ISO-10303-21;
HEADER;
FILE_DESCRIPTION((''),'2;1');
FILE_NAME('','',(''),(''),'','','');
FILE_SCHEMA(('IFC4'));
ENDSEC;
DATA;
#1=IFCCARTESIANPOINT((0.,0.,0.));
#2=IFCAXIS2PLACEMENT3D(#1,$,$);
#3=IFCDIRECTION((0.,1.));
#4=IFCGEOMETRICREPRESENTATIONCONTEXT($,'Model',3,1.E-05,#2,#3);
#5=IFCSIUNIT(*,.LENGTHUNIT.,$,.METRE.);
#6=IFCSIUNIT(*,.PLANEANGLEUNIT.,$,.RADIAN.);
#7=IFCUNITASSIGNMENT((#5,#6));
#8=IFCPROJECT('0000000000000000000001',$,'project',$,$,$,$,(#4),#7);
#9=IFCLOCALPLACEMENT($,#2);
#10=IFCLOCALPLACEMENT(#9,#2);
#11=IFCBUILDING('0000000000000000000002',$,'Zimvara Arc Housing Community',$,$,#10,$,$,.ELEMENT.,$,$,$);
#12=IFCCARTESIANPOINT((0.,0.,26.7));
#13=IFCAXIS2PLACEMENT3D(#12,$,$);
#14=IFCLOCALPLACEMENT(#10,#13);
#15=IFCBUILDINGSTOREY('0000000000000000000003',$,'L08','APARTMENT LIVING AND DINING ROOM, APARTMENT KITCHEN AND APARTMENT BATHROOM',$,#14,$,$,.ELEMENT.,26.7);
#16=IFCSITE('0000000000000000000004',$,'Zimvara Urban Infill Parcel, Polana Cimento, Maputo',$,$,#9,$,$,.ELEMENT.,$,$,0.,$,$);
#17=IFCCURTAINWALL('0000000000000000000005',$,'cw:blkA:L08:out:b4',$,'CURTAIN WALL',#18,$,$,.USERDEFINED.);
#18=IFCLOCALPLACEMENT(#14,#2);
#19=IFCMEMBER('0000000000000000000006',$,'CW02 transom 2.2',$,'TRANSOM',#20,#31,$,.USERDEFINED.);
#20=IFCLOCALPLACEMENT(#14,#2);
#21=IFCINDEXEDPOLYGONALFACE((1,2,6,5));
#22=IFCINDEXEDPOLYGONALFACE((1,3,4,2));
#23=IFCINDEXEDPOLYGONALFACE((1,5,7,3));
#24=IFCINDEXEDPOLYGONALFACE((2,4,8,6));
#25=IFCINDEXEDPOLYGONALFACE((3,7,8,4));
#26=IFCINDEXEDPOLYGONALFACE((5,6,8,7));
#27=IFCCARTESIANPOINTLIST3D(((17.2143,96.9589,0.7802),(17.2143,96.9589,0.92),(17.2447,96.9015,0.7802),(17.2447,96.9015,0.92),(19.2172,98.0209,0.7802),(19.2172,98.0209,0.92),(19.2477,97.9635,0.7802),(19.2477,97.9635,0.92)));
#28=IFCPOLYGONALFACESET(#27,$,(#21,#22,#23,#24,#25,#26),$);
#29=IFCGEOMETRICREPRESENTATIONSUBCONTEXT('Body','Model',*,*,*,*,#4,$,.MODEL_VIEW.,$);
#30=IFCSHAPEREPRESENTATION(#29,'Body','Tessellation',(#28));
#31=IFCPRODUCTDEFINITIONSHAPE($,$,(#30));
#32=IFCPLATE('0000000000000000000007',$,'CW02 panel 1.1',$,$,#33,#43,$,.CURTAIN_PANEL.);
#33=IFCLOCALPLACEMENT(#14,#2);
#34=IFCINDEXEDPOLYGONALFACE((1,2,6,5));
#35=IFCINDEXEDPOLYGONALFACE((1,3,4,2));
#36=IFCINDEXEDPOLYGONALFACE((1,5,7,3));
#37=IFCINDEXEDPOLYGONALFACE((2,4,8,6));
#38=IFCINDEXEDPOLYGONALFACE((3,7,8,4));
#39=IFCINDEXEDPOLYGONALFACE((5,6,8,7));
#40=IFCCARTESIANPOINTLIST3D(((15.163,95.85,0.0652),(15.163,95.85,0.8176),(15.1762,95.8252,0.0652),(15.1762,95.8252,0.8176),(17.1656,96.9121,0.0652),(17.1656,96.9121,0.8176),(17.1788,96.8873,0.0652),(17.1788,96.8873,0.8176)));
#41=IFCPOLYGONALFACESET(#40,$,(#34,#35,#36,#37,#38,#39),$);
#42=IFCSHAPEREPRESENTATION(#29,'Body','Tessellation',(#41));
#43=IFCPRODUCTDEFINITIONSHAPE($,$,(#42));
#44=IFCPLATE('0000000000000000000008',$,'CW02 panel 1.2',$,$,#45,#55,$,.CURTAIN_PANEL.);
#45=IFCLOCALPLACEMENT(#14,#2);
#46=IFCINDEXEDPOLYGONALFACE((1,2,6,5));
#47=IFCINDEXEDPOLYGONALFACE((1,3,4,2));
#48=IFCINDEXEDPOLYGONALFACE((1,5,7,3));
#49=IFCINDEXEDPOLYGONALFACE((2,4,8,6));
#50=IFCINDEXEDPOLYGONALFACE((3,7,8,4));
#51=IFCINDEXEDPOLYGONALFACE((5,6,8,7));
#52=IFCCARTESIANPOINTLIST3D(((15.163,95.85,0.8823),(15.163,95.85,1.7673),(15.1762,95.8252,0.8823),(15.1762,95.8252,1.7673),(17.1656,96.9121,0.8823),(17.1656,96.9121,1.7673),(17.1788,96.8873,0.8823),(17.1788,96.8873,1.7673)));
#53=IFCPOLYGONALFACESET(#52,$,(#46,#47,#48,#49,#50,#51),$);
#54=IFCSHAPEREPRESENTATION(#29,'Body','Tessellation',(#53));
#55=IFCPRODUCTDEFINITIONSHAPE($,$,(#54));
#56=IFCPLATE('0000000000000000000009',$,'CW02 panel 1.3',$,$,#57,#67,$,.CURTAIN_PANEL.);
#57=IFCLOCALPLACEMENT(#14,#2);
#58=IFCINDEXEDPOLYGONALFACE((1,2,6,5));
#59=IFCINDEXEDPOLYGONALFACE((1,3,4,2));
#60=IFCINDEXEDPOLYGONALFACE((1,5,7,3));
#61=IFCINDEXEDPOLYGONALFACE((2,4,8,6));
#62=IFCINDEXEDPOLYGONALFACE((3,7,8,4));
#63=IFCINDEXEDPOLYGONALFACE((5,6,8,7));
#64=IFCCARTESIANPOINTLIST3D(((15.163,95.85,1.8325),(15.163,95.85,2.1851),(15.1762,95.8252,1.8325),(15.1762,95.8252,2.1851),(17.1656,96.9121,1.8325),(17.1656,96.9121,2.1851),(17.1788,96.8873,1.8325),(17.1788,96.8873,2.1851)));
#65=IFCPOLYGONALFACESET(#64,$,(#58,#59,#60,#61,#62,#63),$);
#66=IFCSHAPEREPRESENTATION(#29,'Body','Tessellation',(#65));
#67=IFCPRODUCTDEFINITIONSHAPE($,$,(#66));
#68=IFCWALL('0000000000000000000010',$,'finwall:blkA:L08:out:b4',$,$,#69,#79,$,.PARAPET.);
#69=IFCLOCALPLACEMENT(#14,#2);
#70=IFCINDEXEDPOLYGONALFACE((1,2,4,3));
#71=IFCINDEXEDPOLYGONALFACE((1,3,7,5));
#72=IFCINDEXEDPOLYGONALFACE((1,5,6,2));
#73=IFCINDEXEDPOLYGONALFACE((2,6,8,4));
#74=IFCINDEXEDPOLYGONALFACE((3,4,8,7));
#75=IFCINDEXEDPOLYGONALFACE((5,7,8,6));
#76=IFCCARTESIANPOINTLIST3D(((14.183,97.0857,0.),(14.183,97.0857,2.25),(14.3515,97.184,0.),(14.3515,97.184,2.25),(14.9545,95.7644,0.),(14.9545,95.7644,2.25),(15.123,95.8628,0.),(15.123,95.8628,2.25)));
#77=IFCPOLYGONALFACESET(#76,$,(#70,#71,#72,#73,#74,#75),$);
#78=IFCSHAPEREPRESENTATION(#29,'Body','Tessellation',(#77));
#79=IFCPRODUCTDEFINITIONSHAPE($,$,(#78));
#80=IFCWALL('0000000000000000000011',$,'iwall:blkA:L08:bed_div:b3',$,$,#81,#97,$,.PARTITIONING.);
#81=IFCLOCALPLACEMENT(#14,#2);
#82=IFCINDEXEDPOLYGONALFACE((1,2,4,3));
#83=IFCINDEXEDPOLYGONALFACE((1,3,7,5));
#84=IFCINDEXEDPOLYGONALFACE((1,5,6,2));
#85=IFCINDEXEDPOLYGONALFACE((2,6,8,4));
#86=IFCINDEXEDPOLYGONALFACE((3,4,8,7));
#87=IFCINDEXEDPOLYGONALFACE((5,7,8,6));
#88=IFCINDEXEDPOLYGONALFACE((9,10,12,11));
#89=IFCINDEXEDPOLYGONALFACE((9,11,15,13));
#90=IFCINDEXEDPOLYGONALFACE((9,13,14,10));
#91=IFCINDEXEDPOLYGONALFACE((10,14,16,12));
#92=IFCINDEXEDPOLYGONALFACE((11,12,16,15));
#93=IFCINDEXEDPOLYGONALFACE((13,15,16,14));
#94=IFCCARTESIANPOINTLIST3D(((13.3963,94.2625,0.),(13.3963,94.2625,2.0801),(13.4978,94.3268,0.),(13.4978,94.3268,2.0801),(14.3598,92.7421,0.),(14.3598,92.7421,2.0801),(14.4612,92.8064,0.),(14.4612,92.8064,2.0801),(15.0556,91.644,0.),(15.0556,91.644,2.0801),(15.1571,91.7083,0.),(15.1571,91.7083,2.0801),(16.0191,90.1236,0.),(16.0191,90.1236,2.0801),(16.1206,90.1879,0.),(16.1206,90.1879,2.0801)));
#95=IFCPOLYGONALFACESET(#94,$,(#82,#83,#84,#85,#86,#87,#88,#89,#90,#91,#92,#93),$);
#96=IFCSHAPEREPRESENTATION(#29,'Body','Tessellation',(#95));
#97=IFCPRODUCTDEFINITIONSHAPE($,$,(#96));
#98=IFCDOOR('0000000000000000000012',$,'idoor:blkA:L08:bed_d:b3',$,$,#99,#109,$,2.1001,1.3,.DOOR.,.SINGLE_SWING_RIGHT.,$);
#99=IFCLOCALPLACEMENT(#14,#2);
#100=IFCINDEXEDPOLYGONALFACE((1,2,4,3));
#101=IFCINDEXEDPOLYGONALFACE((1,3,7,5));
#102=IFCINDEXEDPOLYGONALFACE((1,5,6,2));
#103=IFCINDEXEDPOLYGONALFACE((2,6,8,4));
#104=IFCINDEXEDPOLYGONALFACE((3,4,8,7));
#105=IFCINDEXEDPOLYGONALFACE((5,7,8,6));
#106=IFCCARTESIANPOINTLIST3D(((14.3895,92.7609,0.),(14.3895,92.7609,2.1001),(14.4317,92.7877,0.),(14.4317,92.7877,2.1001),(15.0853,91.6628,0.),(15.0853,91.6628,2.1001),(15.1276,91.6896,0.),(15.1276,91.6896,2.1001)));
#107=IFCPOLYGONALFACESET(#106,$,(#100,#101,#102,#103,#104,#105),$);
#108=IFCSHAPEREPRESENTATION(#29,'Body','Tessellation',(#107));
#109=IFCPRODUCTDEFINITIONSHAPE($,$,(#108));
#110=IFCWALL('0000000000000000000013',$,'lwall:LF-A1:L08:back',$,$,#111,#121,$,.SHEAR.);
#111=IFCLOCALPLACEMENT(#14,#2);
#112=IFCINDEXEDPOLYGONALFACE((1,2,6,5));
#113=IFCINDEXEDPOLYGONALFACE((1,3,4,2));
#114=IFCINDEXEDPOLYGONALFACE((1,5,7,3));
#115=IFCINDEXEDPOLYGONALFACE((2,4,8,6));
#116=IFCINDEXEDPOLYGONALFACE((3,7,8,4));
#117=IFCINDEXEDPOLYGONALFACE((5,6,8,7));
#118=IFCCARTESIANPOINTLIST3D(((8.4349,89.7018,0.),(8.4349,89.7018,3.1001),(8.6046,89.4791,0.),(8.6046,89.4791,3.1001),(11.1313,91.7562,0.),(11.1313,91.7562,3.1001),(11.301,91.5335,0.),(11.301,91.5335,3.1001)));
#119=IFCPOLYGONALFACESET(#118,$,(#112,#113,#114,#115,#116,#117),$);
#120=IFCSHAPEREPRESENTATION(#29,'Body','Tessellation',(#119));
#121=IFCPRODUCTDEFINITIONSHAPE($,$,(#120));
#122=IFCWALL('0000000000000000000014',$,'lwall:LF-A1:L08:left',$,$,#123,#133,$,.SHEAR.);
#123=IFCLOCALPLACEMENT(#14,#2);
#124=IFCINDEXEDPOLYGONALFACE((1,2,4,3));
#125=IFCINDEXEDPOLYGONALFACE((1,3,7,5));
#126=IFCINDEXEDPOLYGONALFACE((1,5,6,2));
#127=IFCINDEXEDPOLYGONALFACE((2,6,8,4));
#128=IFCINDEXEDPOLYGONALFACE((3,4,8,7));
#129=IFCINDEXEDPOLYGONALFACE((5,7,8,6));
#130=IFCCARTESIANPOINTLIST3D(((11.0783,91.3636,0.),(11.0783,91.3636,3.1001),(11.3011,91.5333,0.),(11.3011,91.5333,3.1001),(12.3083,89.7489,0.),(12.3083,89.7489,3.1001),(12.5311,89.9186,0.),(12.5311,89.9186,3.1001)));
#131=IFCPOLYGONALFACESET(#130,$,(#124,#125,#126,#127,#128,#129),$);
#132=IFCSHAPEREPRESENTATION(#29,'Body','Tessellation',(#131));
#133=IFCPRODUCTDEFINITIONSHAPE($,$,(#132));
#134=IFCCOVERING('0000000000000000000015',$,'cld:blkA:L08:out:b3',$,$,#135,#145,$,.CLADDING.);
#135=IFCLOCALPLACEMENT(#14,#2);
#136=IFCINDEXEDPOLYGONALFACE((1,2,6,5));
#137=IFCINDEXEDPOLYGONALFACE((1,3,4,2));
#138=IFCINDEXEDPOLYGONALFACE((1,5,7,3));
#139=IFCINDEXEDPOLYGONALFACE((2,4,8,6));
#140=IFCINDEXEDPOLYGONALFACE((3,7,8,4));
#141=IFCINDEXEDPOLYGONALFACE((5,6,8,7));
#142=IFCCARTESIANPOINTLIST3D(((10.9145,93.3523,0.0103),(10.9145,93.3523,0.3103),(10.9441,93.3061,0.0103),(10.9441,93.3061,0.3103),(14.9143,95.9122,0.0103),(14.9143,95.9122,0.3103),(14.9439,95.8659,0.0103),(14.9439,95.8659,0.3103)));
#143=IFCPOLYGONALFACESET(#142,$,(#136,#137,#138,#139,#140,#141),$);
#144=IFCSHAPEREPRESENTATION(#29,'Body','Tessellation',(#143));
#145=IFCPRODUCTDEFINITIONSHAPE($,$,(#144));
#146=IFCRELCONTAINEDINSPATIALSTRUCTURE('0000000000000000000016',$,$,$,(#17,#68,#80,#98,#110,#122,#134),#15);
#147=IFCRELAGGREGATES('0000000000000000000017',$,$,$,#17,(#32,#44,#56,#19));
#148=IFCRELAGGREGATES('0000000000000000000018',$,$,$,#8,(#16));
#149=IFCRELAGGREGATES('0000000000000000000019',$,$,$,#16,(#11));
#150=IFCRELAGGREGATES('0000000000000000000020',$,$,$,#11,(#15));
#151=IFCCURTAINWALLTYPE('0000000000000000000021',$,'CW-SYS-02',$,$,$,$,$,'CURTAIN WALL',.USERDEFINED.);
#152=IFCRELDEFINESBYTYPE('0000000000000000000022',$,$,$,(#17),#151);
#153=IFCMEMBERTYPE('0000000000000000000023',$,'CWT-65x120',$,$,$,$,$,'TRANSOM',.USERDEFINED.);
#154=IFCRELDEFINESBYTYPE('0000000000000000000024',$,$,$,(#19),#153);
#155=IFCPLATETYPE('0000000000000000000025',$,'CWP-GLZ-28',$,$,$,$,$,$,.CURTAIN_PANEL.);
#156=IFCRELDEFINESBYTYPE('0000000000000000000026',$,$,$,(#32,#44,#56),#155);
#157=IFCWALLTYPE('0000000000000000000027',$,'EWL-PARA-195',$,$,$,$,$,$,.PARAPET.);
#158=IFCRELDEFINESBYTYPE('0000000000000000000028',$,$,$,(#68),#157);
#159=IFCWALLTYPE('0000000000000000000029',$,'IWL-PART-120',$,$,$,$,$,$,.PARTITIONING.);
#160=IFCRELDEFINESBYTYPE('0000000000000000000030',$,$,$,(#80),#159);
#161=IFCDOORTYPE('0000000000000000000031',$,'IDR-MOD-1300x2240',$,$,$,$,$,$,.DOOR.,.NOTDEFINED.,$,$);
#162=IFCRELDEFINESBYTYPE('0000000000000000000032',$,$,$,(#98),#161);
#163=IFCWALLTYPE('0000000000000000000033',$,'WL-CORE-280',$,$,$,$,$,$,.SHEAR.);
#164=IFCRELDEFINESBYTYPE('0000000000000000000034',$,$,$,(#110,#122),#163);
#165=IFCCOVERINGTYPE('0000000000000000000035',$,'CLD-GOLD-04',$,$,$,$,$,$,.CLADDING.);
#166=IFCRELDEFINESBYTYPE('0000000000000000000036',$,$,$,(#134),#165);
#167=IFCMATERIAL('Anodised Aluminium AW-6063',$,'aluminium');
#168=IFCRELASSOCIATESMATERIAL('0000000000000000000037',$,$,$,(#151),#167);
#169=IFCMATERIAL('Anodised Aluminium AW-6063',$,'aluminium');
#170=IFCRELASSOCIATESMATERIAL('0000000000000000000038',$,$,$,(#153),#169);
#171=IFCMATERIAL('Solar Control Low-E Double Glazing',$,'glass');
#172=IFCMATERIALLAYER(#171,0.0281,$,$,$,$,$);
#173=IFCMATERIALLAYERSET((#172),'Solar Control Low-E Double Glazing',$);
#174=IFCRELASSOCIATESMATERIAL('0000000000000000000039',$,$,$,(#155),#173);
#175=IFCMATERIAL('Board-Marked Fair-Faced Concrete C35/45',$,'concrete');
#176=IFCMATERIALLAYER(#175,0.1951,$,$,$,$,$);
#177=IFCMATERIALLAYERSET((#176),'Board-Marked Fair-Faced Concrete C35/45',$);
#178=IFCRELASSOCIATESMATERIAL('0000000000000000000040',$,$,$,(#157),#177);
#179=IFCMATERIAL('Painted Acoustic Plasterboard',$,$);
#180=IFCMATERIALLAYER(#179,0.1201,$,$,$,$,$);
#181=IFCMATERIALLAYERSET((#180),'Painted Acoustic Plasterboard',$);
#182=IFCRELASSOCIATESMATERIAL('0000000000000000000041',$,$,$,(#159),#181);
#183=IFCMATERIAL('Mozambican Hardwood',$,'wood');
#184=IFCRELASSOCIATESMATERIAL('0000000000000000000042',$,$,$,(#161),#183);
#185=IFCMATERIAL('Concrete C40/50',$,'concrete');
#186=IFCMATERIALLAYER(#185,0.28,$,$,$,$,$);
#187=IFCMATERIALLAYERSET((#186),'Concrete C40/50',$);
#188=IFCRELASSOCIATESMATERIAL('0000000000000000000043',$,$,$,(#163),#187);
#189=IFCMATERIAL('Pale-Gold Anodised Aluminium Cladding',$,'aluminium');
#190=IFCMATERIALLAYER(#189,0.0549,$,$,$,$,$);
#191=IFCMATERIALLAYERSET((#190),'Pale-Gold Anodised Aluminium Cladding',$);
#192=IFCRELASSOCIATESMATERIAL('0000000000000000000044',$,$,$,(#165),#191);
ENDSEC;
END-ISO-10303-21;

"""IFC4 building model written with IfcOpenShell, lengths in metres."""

from ifc_helpers import new_model, si_unit, direction, frame, frame_2d, origin, origin_2d, place, context, subcontext, project, spatial, rectangle, extrude, material, layer, layer_set, material_profile, profile_set, type_object, element, fill, aggregate, save


model = new_model("IFC4")

# Units and contexts
model_context = context("Model", 3, precision=1e-05, world=origin(), true_north=direction((0.0, 1.0)))
body_context = subcontext(model_context, "Body", "Model", "MODEL_VIEW")
ifc_project = project(units=[si_unit("LENGTHUNIT", "METRE"), si_unit("PLANEANGLEUNIT", "RADIAN")], contexts=[model_context])

# Site, building, storey
site_placement = place(None, origin())
site = spatial("IfcSite", under=ifc_project, at=site_placement, Name="Zimvara Urban Infill Parcel, Polana Cimento, Maputo", CompositionType="ELEMENT", RefElevation=0.0)
building_placement = place(site_placement, origin())
building = spatial("IfcBuilding", under=site, at=building_placement, Name="Zimvara Arc Housing Community", CompositionType="ELEMENT")
storey_placement = place(building_placement, frame((0.0, 0.0, 26.7)))
storey = spatial("IfcBuildingStorey", under=building, at=storey_placement, Name="L08", Description="APARTMENT LIVING AND DINING ROOM, APARTMENT KITCHEN AND APARTMENT BATHROOM", CompositionType="ELEMENT", Elevation=26.7)

# Curtain wall, member, plates
ifc_material_1 = material(Name="Anodised Aluminium AW-6063", Category="aluminium")
curtain_wall_type = type_object("IfcCurtainWallType", Name="CW-SYS-02", ElementType="CURTAIN WALL", PredefinedType="USERDEFINED", material=ifc_material_1)
curtain_wall_placement = place(storey_placement, origin())
curtain_wall = element("IfcCurtainWall", 1, at=curtain_wall_placement, inside=storey, type_object=curtain_wall_type, Name="cw:blkA:L08:out:b4", ObjectType="CURTAIN WALL", PredefinedType="USERDEFINED")
ifc_material_2 = material(Name="Anodised Aluminium AW-6063", Category="aluminium")
ifc_material_profile_1 = material_profile(ifc_material_2, rectangle(XDim=0.0649, YDim=0.1399, at=origin_2d()), Name="ALU 65x140")
ifc_profile_set_1 = profile_set([ifc_material_profile_1], Name="Anodised Aluminium AW-6063")
member_type_1 = type_object("IfcMemberType", Name="CWT-65x120", ElementType="TRANSOM", PredefinedType="USERDEFINED", material=ifc_profile_set_1)
member_1_placement = place(storey_placement, frame((17.2295, 96.9302, 0.8501), z_axis=(0.883489, 0.468452, 0.0), x_axis=(-0.468452, 0.883489, 0.0)))
member_1 = element("IfcMember", 2, at=member_1_placement, type_object=member_type_1, Name="CW02 transom 2.2", ObjectType="TRANSOM", PredefinedType="USERDEFINED", context=body_context, shape_type="SweptSolid", body=[
    extrude(rectangle(XDim=0.0649, YDim=0.1399, at=origin_2d()), origin(), (0.0, 0.0, 1.0), 2.2671),
])
ifc_material_3 = material(Name="Solar Control Low-E Double Glazing", Category="glass")
ifc_layer_1 = layer(ifc_material_3, 0.0281)
ifc_layer_set_1 = layer_set([ifc_layer_1], Name="Solar Control Low-E Double Glazing")
plate_type = type_object("IfcPlateType", Name="CWP-GLZ-28", PredefinedType="CURTAIN_PANEL", material=ifc_layer_set_1)
plate_1_placement = place(storey_placement, frame((16.1709, 96.3687, 0.0652), z_axis=(0.0, 0.0, 1.0), x_axis=(0.883439, 0.468547, 0.0)))
plate_1 = element("IfcPlate", 3, at=plate_1_placement, type_object=plate_type, Name="CW02 panel 1.1", PredefinedType="CURTAIN_PANEL", context=body_context, shape_type="SweptSolid", body=[
    extrude(rectangle(XDim=2.2668, YDim=0.0281, at=origin_2d()), origin(), (0.0, 0.0, 1.0), 0.7524),
])
plate_2_placement = place(storey_placement, frame((16.1709, 96.3687, 0.8823), z_axis=(0.0, 0.0, 1.0), x_axis=(0.883439, 0.468547, 0.0)))
plate_2 = element("IfcPlate", 4, at=plate_2_placement, type_object=plate_type, Name="CW02 panel 1.2", PredefinedType="CURTAIN_PANEL", context=body_context, shape_type="SweptSolid", body=[
    extrude(rectangle(XDim=2.2668, YDim=0.0281, at=origin_2d()), origin(), (0.0, 0.0, 1.0), 0.885),
])
plate_3_placement = place(storey_placement, frame((16.1709, 96.3687, 1.8325), z_axis=(0.0, 0.0, 1.0), x_axis=(0.883439, 0.468547, 0.0)))
plate_3 = element("IfcPlate", 5, at=plate_3_placement, type_object=plate_type, Name="CW02 panel 1.3", PredefinedType="CURTAIN_PANEL", context=body_context, shape_type="SweptSolid", body=[
    extrude(rectangle(XDim=2.2668, YDim=0.0281, at=origin_2d()), origin(), (0.0, 0.0, 1.0), 0.3525),
])
aggregate(curtain_wall, [plate_1, plate_2, plate_3, member_1])

# Wall
ifc_material_4 = material(Name="Board-Marked Fair-Faced Concrete C35/45", Category="concrete")
ifc_layer_2 = layer(ifc_material_4, 0.1951)
ifc_layer_set_2 = layer_set([ifc_layer_2], Name="Board-Marked Fair-Faced Concrete C35/45")
wall_type_1 = type_object("IfcWallType", Name="EWL-PARA-195", PredefinedType="PARAPET", material=ifc_layer_set_2)
wall_1_placement = place(storey_placement, frame((15.0388, 95.8135, 0.0), z_axis=(0.0, 0.0, 1.0), x_axis=(-0.504228, 0.86357, 0.0)))
element("IfcWall", 6, at=wall_1_placement, inside=storey, type_object=wall_type_1, Name="finwall:blkA:L08:out:b4", PredefinedType="PARAPET", context=body_context, shape_type="SweptSolid", body=[
    extrude(rectangle(XDim=1.53, YDim=0.1951, at=frame_2d((0.7651, 0.0))), origin(), (0.0, 0.0, 1.0), 2.25),
])

# Wall, opening, door
ifc_material_5 = material(Name="Painted Acoustic Plasterboard")
ifc_layer_3 = layer(ifc_material_5, 0.1201)
ifc_layer_set_3 = layer_set([ifc_layer_3], Name="Painted Acoustic Plasterboard")
wall_type_2 = type_object("IfcWallType", Name="IWL-PART-120", PredefinedType="PARTITIONING", material=ifc_layer_set_3)
wall_2_placement = place(storey_placement, frame((16.0698, 90.1558, 0.0), z_axis=(0.0, 0.0, 1.0), x_axis=(-0.535269, 0.844682, 0.0)))
wall_2 = element("IfcWall", 7, at=wall_2_placement, inside=storey, type_object=wall_type_2, Name="iwall:blkA:L08:bed_div:b3", PredefinedType="PARTITIONING", context=body_context, shape_type="SweptSolid", body=[
    extrude(rectangle(XDim=4.8999, YDim=0.1201, at=frame_2d((2.45, 0.0))), origin(), (0.0, 0.0, 1.0), 2.0801),
])
opening_1_placement = place(wall_2_placement, frame((1.8, 0.0, 0.0)))
opening_1 = element("IfcOpeningElement", 8, at=opening_1_placement, cuts=wall_2, PredefinedType="OPENING", context=body_context, shape_type="SweptSolid", body=[
    extrude(rectangle(XDim=1.3, YDim=2.1001, at=frame_2d((0.6499, 1.05))), frame((0.0, 0.0701, 0.0), z_axis=(0.0, -1.0, 0.0), x_axis=(1.0, 0.0, 0.0)), (0.0, 0.0, 1.0), 0.1401),
])
ifc_material_6 = material(Name="Mozambican Hardwood", Category="wood")
door_type_1 = type_object("IfcDoorType", Name="IDR-MOD-1300x2240", OperationType="NOTDEFINED", PredefinedType="DOOR", material=ifc_material_6)
door_1_placement = place(opening_1_placement, origin())
door_1 = element("IfcDoor", 9, at=door_1_placement, inside=storey, type_object=door_type_1, Name="idoor:blkA:L08:bed_d:b3", OperationType="SINGLE_SWING_RIGHT", OverallHeight=2.1001, OverallWidth=1.3, PredefinedType="DOOR", context=body_context, shape_type="SweptSolid", body=[
    extrude(rectangle(XDim=1.3, YDim=2.1001, at=frame_2d((0.6499, 1.05))), frame((0.0, 0.0249, 0.0), z_axis=(0.0, -1.0, 0.0), x_axis=(1.0, 0.0, 0.0)), (0.0, 0.0, 1.0), 0.05),
])
fill(opening_1, door_1)
ifc_material_7 = material(Name="Concrete C40/50", Category="concrete")
ifc_layer_4 = layer(ifc_material_7, 0.28)
ifc_layer_set_4 = layer_set([ifc_layer_4], Name="Concrete C40/50")
wall_type_3 = type_object("IfcWallType", Name="WL-CORE-280", PredefinedType="SHEAR", material=ifc_layer_set_4)

# Walls
wall_3_placement = place(storey_placement, frame((11.2161, 91.6448, 0.0), z_axis=(0.0, 0.0, 1.0), x_axis=(-0.79544, -0.606032, 0.0)))
element("IfcWall", 10, at=wall_3_placement, inside=storey, type_object=wall_type_3, Name="lwall:LF-A1:L08:back", PredefinedType="SHEAR", context=body_context, shape_type="SweptSolid", body=[
    extrude(rectangle(XDim=3.3899, YDim=0.28, at=frame_2d((1.6948, 0.0))), origin(), (0.0, 0.0, 1.0), 3.1001),
])
wall_4_placement = place(storey_placement, frame((12.4197, 89.8337, 0.0), z_axis=(0.0, 0.0, 1.0), x_axis=(-0.605949, 0.795504, 0.0)))
element("IfcWall", 11, at=wall_4_placement, inside=storey, type_object=wall_type_3, Name="lwall:LF-A1:L08:left", PredefinedType="SHEAR", context=body_context, shape_type="SweptSolid", body=[
    extrude(rectangle(XDim=2.0298, YDim=0.28, at=frame_2d((1.0149, 0.0))), origin(), (0.0, 0.0, 1.0), 3.1001),
])

# Covering
ifc_material_8 = material(Name="Pale-Gold Anodised Aluminium Cladding", Category="aluminium")
ifc_layer_5 = layer(ifc_material_8, 0.0549)
ifc_layer_set_5 = layer_set([ifc_layer_5], Name="Pale-Gold Anodised Aluminium Cladding")
covering_type = type_object("IfcCoveringType", Name="CLD-GOLD-04", PredefinedType="CLADDING", material=ifc_layer_set_5)
covering_placement = place(storey_placement, frame((12.9292, 94.6091, 0.0103), z_axis=(0.0, 0.0, 1.0), x_axis=(0.842265, 0.539063, 0.0)))
element("IfcCovering", 12, at=covering_placement, inside=storey, type_object=covering_type, Name="cld:blkA:L08:out:b3", PredefinedType="CLADDING", context=body_context, shape_type="SweptSolid", body=[
    extrude(rectangle(XDim=4.7488, YDim=0.0549, at=origin_2d()), origin(), (0.0, 0.0, 1.0), 0.3),
])

save(model, "model.ifc")
